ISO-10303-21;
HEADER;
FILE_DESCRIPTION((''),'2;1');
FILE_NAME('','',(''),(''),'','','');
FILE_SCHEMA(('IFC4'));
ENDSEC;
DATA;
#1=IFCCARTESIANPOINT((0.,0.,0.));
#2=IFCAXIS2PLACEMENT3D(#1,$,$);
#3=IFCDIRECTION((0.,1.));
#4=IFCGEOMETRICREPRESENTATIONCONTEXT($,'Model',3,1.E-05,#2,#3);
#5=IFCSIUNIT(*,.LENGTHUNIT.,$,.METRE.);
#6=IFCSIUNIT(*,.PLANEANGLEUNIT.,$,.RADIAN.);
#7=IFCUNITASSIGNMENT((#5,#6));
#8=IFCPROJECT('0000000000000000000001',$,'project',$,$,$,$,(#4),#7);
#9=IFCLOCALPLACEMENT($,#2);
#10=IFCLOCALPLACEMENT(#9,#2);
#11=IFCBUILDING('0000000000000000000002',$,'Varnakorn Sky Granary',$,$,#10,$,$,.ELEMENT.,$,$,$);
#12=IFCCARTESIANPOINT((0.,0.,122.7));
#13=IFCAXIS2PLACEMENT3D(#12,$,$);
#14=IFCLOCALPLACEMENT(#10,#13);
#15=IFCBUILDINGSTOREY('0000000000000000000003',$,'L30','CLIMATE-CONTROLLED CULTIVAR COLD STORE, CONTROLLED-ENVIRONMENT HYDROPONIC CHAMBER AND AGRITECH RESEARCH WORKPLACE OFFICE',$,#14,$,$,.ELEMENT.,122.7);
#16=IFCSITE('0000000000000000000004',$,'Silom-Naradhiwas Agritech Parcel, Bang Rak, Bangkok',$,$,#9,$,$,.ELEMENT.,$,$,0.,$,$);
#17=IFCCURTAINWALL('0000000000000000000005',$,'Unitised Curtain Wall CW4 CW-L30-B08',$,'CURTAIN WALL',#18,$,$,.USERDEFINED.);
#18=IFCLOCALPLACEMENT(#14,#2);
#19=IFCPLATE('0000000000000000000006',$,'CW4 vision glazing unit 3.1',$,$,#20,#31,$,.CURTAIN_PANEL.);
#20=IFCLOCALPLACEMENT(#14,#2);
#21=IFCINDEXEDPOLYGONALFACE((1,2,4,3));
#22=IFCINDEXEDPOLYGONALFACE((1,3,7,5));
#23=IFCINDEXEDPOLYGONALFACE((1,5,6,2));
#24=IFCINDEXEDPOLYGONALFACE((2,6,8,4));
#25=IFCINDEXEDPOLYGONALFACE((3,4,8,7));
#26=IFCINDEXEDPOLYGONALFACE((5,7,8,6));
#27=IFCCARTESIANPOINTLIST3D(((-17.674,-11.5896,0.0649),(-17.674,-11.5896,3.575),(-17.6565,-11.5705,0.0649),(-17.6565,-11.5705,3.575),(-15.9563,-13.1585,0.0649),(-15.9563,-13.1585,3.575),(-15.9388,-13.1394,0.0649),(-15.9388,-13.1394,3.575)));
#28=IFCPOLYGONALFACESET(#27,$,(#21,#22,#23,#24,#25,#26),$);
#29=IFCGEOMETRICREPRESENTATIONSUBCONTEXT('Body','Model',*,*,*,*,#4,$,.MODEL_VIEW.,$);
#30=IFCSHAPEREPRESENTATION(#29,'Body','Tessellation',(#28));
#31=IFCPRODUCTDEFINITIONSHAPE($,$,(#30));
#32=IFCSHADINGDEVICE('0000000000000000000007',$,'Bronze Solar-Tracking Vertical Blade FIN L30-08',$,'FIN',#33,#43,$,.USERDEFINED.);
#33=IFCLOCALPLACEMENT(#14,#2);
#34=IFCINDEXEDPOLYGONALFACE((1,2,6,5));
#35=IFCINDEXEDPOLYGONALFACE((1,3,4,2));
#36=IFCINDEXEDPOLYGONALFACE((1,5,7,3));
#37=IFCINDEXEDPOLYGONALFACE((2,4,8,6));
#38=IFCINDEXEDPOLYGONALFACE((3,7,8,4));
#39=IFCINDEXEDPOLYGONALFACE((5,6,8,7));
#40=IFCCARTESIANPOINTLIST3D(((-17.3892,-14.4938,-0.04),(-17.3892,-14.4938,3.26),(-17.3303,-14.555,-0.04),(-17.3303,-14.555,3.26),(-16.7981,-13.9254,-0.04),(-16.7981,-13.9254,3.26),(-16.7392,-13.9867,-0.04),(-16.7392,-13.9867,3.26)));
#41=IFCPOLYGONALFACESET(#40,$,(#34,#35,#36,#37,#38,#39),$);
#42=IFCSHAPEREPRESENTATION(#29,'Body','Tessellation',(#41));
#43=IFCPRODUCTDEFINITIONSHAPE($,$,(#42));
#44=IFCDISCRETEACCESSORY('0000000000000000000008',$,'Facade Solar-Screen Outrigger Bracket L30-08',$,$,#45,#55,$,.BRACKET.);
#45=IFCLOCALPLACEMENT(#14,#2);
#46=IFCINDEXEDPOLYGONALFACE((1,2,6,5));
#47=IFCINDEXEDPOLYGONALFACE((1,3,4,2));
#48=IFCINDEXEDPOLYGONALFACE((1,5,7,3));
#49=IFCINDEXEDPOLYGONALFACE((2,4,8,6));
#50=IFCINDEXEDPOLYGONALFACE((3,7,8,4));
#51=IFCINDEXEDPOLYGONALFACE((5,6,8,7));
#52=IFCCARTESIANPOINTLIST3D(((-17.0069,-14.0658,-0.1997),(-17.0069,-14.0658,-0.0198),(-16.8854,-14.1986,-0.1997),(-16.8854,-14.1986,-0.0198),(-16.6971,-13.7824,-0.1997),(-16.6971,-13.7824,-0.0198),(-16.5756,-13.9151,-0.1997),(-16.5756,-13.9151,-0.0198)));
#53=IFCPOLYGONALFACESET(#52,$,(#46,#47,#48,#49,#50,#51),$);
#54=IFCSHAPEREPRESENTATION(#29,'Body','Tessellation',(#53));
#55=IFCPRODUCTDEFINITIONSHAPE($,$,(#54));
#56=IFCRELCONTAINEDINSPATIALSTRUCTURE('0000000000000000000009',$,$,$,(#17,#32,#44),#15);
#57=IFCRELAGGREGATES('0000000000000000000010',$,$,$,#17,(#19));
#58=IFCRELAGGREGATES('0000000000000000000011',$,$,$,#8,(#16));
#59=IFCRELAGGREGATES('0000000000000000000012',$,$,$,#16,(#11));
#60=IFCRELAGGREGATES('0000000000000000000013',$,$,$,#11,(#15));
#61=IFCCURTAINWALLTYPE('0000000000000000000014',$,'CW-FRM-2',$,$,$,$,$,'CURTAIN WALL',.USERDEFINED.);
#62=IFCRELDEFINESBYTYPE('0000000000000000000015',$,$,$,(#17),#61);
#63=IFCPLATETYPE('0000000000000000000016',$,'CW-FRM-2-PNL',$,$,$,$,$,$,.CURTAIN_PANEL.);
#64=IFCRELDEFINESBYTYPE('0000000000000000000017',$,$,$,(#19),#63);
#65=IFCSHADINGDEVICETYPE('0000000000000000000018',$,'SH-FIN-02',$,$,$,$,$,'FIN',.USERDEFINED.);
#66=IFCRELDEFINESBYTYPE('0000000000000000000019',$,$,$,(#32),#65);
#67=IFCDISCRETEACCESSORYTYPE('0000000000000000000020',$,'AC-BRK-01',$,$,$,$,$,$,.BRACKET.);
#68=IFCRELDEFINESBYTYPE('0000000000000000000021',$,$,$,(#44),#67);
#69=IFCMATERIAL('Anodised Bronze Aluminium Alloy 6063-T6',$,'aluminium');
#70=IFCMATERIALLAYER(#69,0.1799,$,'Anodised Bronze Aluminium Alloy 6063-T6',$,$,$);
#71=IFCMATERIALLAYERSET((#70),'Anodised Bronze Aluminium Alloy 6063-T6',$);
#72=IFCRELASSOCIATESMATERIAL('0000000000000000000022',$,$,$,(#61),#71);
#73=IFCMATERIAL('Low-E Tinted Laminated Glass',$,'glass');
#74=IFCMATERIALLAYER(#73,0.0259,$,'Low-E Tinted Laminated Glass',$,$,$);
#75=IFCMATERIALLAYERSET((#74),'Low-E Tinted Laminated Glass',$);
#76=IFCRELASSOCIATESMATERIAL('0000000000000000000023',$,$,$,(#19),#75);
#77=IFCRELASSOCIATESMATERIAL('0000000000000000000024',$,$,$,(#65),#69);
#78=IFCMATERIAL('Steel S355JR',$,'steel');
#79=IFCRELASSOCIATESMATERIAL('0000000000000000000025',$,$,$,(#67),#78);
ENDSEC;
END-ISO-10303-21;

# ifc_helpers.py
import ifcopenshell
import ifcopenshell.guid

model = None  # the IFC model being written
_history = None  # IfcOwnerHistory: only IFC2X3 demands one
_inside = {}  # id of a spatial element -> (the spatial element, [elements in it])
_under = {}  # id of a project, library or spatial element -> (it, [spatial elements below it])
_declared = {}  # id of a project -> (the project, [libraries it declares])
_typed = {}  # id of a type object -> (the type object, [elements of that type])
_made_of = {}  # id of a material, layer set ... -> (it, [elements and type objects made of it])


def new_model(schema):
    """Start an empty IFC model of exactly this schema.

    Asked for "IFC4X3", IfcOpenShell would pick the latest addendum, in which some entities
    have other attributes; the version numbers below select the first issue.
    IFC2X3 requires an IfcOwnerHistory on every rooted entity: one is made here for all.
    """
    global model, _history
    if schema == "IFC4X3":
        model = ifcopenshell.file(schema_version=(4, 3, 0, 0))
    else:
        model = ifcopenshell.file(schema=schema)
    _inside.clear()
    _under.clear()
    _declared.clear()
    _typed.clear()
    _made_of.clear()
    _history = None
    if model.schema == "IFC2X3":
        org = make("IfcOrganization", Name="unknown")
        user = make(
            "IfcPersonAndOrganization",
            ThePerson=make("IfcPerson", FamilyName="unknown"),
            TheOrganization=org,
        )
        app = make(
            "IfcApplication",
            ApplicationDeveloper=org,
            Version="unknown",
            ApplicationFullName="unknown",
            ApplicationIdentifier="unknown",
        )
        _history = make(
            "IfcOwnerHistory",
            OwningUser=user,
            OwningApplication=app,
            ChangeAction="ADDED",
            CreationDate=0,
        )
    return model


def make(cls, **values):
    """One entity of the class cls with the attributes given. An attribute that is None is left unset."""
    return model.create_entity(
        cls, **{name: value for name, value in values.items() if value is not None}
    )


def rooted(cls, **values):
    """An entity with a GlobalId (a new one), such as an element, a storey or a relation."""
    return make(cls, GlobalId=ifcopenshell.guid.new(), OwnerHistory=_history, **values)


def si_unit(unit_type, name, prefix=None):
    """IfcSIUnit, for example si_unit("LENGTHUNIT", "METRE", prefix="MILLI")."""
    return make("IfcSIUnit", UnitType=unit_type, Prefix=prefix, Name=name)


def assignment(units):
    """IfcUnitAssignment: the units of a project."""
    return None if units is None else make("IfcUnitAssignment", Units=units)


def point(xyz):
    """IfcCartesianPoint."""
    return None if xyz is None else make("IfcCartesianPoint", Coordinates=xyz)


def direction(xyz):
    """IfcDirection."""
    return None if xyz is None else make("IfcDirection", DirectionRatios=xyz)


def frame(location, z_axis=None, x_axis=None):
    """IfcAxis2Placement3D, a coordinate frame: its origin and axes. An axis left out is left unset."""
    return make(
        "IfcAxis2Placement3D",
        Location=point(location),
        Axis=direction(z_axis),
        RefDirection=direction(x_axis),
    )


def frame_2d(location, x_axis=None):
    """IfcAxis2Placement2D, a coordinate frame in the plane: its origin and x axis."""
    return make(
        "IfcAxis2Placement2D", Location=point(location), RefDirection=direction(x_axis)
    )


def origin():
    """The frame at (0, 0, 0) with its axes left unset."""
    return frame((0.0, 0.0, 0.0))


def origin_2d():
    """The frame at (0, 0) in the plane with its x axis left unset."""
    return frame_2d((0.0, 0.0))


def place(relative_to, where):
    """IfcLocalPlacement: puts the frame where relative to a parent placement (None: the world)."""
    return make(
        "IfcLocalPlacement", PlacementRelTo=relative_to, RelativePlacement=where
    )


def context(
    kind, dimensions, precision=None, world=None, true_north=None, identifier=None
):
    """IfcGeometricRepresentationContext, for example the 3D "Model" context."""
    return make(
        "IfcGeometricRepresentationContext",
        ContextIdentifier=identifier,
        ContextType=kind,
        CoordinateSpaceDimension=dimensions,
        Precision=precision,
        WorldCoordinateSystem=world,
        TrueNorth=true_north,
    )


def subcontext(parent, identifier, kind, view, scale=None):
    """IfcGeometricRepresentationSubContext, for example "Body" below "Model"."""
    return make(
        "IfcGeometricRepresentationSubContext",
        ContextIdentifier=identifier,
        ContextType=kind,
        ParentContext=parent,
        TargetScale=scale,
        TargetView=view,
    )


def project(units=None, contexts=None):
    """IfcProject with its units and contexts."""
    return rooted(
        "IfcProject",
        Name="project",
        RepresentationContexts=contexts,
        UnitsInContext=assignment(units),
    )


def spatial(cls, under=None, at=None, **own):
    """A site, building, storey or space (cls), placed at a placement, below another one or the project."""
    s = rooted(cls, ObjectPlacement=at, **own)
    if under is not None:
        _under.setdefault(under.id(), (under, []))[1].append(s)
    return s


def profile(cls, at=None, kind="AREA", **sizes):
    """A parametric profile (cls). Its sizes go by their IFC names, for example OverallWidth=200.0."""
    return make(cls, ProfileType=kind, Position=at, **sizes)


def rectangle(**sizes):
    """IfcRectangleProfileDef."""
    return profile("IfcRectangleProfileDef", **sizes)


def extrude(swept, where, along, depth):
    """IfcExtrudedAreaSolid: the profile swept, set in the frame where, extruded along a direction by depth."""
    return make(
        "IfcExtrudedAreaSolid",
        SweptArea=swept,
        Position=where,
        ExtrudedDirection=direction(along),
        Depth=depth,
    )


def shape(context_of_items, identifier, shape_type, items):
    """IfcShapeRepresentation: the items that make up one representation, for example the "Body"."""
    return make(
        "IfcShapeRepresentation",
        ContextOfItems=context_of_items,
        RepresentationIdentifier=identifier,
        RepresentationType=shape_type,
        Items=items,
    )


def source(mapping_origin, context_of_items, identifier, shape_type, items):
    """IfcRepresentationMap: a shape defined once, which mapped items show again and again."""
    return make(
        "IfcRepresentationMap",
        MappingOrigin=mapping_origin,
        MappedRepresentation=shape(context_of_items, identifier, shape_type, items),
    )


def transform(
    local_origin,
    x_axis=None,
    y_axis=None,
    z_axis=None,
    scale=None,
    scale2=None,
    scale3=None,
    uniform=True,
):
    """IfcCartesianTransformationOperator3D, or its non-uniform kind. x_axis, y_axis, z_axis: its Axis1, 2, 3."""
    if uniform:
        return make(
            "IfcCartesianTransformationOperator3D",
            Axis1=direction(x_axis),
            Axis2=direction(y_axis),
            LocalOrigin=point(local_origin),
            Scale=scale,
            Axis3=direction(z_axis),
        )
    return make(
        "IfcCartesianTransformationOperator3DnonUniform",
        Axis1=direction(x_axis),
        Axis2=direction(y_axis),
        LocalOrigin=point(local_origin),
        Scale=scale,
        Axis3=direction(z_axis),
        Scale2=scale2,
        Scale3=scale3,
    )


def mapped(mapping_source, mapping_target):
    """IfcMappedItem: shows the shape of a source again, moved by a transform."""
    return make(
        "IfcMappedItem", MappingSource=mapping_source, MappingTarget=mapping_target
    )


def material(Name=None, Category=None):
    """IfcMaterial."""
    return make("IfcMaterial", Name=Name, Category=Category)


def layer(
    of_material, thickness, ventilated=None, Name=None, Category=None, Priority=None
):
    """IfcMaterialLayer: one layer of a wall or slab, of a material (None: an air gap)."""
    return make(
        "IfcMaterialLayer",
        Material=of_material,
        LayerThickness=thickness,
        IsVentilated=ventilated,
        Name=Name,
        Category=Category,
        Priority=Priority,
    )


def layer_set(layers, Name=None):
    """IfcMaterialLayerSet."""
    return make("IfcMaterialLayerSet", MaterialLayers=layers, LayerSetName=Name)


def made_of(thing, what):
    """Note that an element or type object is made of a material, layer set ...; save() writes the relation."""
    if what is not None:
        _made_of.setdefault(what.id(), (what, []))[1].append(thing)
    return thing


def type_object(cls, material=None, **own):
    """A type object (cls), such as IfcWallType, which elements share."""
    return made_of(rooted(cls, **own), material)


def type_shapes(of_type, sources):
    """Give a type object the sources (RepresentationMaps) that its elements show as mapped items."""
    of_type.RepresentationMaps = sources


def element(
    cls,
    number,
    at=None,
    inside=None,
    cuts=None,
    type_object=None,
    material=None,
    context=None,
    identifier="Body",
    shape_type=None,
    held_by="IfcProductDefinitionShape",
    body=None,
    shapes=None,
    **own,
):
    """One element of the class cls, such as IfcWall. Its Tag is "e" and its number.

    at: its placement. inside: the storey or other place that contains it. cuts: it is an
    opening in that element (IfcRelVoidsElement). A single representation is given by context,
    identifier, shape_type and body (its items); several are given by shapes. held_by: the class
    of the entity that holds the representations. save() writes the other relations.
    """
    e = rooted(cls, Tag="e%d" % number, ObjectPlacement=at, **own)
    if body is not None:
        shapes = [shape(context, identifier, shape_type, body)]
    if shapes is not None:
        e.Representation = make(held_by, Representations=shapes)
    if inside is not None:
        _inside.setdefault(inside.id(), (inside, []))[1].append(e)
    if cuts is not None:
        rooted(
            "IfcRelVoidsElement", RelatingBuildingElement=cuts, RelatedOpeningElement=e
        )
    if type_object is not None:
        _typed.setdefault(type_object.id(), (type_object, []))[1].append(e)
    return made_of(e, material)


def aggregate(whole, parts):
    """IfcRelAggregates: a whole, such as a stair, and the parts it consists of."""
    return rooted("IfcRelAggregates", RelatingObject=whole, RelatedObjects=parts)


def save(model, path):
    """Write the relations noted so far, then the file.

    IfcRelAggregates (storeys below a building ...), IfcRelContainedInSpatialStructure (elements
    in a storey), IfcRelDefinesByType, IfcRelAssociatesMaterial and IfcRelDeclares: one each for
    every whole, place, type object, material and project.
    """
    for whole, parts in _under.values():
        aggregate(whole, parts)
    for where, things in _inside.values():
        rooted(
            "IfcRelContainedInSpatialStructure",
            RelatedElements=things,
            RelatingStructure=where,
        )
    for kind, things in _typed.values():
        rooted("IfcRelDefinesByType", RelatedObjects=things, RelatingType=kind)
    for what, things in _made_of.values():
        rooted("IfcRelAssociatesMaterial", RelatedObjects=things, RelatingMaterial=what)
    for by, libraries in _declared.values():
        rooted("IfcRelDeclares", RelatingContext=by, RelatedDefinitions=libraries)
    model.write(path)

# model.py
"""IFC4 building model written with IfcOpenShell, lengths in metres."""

from ifc_helpers import new_model, si_unit, direction, frame, origin, origin_2d, place, context, subcontext, project, spatial, rectangle, extrude, source, transform, mapped, material, layer, layer_set, type_object, type_shapes, element, aggregate, save


model = new_model("IFC4")

# Units and contexts
model_context = context("Model", 3, precision=1e-05, world=origin(), true_north=direction((0.0, 1.0)))
body_context = subcontext(model_context, "Body", "Model", "MODEL_VIEW")
ifc_project = project(units=[si_unit("LENGTHUNIT", "METRE"), si_unit("PLANEANGLEUNIT", "RADIAN")], contexts=[model_context])

# Site, building, storey
site_placement = place(None, origin())
site = spatial("IfcSite", under=ifc_project, at=site_placement, Name="Silom-Naradhiwas Agritech Parcel, Bang Rak, Bangkok", CompositionType="ELEMENT", RefElevation=0.0)
building_placement = place(site_placement, origin())
building = spatial("IfcBuilding", under=site, at=building_placement, Name="Varnakorn Sky Granary", CompositionType="ELEMENT")
storey_placement = place(building_placement, frame((0.0, 0.0, 122.7)))
storey = spatial("IfcBuildingStorey", under=building, at=storey_placement, Name="L30", Description="CLIMATE-CONTROLLED CULTIVAR COLD STORE, CONTROLLED-ENVIRONMENT HYDROPONIC CHAMBER AND AGRITECH RESEARCH WORKPLACE OFFICE", CompositionType="ELEMENT", Elevation=122.7)

# Shared definitions
ifc_material_1 = material(Name="Steel S355JR", Category="steel")

# Shared definitions
ifc_material_2 = material(Name="Anodised Bronze Aluminium Alloy 6063-T6", Category="aluminium")
ifc_layer_1 = layer(ifc_material_2, 0.1799, Name="Anodised Bronze Aluminium Alloy 6063-T6")
ifc_layer_set_1 = layer_set([ifc_layer_1], Name="Anodised Bronze Aluminium Alloy 6063-T6")
curtain_wall_type = type_object("IfcCurtainWallType", Name="CW-FRM-2", ElementType="CURTAIN WALL", PredefinedType="USERDEFINED", material=ifc_layer_set_1)

# Curtain wall
curtain_wall_1_placement = place(storey_placement, origin())
curtain_wall_1 = element("IfcCurtainWall", 1, at=curtain_wall_1_placement, inside=storey, type_object=curtain_wall_type, Name="Unitised Curtain Wall CW4 CW-L30-B08", ObjectType="CURTAIN WALL", PredefinedType="USERDEFINED")

# Plate
plate_type = type_object("IfcPlateType", Name="CW-FRM-2-PNL", PredefinedType="CURTAIN_PANEL")
ifc_material_3 = material(Name="Low-E Tinted Laminated Glass", Category="glass")
ifc_layer_2 = layer(ifc_material_3, 0.0259, Name="Low-E Tinted Laminated Glass")
ifc_layer_set_2 = layer_set([ifc_layer_2], Name="Low-E Tinted Laminated Glass")
shared_shape_1 = source(origin(), body_context, "Body", "SweptSolid", [
    extrude(rectangle(XDim=2.3264, YDim=0.0259, at=origin_2d()), origin(), (0.0, 0.0, 1.0), 3.51),
])
plate_1_placement = place(storey_placement, frame((-16.8064, -12.3645, 0.0649), z_axis=(0.0, 0.0, 1.0), x_axis=(-0.738359, 0.674407, 0.0)))
plate_1 = element("IfcPlate", 2, at=plate_1_placement, type_object=plate_type, material=ifc_layer_set_2, Name="CW4 vision glazing unit 3.1", PredefinedType="CURTAIN_PANEL", context=body_context, shape_type="MappedRepresentation", body=[
    mapped(shared_shape_1, transform((0.0, 0.0, 0.0), x_axis=(1.0, 0.0, 0.0), y_axis=(0.0, 1.0, 0.0), z_axis=(0.0, 0.0, 1.0), scale=1.0)),
])
aggregate(curtain_wall_1, [plate_1])

# Shading device
shading_device_type = type_object("IfcShadingDeviceType", Name="SH-FIN-02", ElementType="FIN", PredefinedType="USERDEFINED", material=ifc_material_2)
shared_shape_2 = source(origin(), body_context, "Body", "SweptSolid", [
    extrude(rectangle(XDim=0.085, YDim=0.8201, at=origin_2d()), origin(), (0.0, 0.0, 1.0), 3.3),
])
type_shapes(shading_device_type, [shared_shape_2])
shading_device_placement = place(storey_placement, frame((-17.0642, -14.2402, -0.04), z_axis=(0.0, 0.0, 1.0), x_axis=(0.693089, -0.720852, 0.0)))
element("IfcShadingDevice", 3, at=shading_device_placement, inside=storey, type_object=shading_device_type, Name="Bronze Solar-Tracking Vertical Blade FIN L30-08", ObjectType="FIN", PredefinedType="USERDEFINED", context=body_context, shape_type="MappedRepresentation", body=[
    mapped(shared_shape_2, transform((0.0, 0.0, 0.0), x_axis=(1.0, 0.0, 0.0), y_axis=(0.0, 1.0, 0.0), z_axis=(0.0, 0.0, 1.0), scale=1.0)),
])

# Discrete accessory
discrete_accessory_type = type_object("IfcDiscreteAccessoryType", Name="AC-BRK-01", PredefinedType="BRACKET", material=ifc_material_1)
shared_shape_3 = source(origin(), body_context, "Body", "SweptSolid", [
    extrude(rectangle(XDim=0.1799, YDim=0.4199, at=origin_2d()), origin(), (0.0, 0.0, 1.0), 0.1799),
])
type_shapes(discrete_accessory_type, [shared_shape_3])
discrete_accessory_placement = place(storey_placement, frame((-16.7913, -13.9905, -0.1997), z_axis=(0.0, 0.0, 1.0), x_axis=(0.675028, -0.737792, 0.0)))
element("IfcDiscreteAccessory", 4, at=discrete_accessory_placement, inside=storey, type_object=discrete_accessory_type, Name="Facade Solar-Screen Outrigger Bracket L30-08", PredefinedType="BRACKET", context=body_context, shape_type="MappedRepresentation", body=[
    mapped(shared_shape_3, transform((0.0, 0.0, 0.0), x_axis=(1.0, 0.0, 0.0), y_axis=(0.0, 1.0, 0.0), z_axis=(0.0, 0.0, 1.0), scale=1.0)),
])

save(model, "model.ifc")
